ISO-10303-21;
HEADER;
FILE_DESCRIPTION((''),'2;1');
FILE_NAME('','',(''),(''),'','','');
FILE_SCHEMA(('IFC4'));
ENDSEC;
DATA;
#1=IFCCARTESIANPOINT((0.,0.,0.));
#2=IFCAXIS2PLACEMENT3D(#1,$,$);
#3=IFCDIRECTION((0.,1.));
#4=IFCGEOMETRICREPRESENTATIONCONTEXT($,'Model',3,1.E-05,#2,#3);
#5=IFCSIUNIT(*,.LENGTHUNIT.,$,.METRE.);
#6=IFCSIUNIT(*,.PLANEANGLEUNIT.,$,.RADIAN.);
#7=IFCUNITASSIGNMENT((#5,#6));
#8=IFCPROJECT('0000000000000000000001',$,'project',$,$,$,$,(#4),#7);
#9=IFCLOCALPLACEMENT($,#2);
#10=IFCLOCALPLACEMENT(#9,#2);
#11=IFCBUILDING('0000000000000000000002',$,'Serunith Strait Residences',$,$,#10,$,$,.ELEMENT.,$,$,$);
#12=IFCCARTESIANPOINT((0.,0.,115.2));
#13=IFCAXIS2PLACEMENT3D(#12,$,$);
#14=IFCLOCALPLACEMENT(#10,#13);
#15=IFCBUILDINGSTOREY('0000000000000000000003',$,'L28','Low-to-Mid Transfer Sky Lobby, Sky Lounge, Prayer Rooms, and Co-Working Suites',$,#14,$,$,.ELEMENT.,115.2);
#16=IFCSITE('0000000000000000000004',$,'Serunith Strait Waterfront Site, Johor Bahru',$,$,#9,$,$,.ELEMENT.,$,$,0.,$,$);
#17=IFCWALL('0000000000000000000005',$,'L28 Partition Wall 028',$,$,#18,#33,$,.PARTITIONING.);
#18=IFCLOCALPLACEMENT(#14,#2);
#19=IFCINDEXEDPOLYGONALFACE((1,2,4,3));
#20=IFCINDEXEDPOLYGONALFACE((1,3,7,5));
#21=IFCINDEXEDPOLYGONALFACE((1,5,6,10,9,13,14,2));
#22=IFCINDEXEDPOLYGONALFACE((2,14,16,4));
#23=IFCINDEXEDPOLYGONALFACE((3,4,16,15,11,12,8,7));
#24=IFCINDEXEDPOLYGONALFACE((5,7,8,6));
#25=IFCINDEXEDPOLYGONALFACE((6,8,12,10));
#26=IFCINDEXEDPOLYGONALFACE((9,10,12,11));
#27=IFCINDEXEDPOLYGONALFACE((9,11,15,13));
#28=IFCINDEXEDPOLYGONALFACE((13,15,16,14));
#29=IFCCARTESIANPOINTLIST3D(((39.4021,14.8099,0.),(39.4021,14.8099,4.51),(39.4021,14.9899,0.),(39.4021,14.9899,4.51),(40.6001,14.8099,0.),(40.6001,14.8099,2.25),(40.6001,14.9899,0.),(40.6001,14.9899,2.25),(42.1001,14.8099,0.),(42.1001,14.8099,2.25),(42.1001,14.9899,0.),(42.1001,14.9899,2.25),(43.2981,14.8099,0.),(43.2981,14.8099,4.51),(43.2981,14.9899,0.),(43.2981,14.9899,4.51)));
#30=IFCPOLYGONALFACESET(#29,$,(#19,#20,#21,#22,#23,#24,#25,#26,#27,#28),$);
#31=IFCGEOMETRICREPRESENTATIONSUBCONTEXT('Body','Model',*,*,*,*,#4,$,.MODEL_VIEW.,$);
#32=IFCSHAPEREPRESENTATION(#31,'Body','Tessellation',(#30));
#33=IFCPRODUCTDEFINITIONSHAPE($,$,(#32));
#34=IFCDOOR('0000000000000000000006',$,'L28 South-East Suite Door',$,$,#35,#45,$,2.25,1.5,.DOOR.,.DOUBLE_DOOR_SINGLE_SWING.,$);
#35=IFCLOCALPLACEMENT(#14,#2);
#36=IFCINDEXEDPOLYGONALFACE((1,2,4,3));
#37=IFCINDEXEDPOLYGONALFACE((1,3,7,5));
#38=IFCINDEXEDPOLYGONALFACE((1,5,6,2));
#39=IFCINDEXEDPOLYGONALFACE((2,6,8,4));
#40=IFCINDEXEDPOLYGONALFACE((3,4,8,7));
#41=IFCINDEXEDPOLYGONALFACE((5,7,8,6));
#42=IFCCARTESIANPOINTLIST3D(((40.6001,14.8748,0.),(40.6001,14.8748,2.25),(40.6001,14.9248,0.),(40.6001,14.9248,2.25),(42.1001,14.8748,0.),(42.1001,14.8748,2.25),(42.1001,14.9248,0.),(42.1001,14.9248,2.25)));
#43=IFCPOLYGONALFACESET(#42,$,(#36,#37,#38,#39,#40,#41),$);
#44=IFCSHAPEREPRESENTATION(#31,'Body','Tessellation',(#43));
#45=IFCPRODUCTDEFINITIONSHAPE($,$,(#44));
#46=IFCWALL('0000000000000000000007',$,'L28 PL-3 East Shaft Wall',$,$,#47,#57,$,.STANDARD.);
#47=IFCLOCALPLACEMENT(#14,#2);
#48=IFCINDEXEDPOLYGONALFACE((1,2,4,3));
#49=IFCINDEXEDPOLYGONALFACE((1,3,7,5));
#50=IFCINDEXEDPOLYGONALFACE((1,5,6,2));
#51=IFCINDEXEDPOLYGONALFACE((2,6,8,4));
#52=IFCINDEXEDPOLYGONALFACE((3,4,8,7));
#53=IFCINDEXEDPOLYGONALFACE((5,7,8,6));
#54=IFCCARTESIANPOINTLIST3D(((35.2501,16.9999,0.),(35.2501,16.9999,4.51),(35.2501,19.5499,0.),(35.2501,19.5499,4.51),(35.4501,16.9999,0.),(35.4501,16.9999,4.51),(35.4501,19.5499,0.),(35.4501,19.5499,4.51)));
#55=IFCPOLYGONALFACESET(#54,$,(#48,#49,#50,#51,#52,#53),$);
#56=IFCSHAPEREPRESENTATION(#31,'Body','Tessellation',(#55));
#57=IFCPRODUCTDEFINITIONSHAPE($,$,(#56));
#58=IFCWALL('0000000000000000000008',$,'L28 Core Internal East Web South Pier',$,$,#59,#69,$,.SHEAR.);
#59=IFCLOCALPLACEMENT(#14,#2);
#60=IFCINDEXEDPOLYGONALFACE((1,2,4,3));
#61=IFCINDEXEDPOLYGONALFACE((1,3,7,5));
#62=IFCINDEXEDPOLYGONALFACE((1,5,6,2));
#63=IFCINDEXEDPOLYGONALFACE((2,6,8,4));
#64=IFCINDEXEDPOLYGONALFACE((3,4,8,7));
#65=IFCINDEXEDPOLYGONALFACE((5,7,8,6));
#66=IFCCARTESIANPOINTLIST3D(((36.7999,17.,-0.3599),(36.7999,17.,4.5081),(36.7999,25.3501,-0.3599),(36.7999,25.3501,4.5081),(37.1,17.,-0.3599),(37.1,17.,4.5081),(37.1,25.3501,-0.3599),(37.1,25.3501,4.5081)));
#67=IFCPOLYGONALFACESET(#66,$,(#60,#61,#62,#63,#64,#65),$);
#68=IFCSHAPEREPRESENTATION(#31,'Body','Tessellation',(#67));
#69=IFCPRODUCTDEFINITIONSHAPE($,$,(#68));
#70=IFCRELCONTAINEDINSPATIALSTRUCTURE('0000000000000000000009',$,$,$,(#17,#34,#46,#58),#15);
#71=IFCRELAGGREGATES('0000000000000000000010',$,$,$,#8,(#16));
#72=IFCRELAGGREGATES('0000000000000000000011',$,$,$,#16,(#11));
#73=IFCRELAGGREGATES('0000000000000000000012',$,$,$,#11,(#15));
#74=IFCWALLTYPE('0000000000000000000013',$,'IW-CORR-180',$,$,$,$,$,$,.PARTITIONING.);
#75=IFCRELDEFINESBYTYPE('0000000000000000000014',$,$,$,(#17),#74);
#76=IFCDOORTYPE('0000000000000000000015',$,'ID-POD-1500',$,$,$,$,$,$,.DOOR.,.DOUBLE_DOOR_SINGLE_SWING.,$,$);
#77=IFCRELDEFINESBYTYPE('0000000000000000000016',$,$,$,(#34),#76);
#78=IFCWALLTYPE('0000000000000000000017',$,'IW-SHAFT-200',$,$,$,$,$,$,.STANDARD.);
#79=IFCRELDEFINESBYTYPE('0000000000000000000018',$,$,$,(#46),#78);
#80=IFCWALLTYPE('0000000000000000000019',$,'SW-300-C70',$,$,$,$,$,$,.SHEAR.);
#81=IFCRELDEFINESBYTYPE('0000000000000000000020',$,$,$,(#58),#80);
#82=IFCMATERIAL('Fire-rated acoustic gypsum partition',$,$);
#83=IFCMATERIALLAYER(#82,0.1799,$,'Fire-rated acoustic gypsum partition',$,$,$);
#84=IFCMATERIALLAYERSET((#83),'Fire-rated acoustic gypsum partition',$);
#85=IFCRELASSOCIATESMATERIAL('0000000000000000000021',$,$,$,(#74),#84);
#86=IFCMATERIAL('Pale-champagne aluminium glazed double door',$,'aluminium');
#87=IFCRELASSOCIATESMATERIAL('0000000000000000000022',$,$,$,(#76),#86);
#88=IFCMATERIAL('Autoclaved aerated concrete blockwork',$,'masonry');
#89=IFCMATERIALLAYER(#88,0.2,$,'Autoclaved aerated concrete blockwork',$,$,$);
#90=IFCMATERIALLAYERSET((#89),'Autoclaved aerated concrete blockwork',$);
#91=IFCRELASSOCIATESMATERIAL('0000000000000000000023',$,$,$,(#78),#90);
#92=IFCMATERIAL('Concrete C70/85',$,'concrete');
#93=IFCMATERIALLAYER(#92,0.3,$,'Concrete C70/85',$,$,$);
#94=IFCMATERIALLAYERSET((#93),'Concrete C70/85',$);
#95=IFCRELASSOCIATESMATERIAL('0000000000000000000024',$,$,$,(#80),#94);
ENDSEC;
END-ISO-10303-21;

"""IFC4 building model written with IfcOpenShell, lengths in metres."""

from ifc_helpers import new_model, si_unit, direction, frame, frame_2d, origin, place, context, subcontext, project, spatial, rectangle, extrude, source, transform, mapped, material, layer, layer_set, type_object, element, fill, save


model = new_model("IFC4")

# Units and contexts
model_context = context("Model", 3, precision=1e-05, world=origin(), true_north=direction((0.0, 1.0)))
body_context = subcontext(model_context, "Body", "Model", "MODEL_VIEW")
ifc_project = project(units=[si_unit("LENGTHUNIT", "METRE"), si_unit("PLANEANGLEUNIT", "RADIAN")], contexts=[model_context])

# Site, building, storey
site_placement = place(None, origin())
site = spatial("IfcSite", under=ifc_project, at=site_placement, Name="Serunith Strait Waterfront Site, Johor Bahru", CompositionType="ELEMENT", RefElevation=0.0)
building_placement = place(site_placement, origin())
building = spatial("IfcBuilding", under=site, at=building_placement, Name="Serunith Strait Residences", CompositionType="ELEMENT")
storey_placement = place(building_placement, frame((0.0, 0.0, 115.2)))
storey = spatial("IfcBuildingStorey", under=building, at=storey_placement, Name="L28", Description="Low-to-Mid Transfer Sky Lobby, Sky Lounge, Prayer Rooms, and Co-Working Suites", CompositionType="ELEMENT", Elevation=115.2)

# Shared definitions
ifc_material_1 = material(Name="Fire-rated acoustic gypsum partition")
ifc_layer_1 = layer(ifc_material_1, 0.1799, Name="Fire-rated acoustic gypsum partition")
ifc_layer_set_1 = layer_set([ifc_layer_1], Name="Fire-rated acoustic gypsum partition")
wall_type_1 = type_object("IfcWallType", Name="IW-CORR-180", PredefinedType="PARTITIONING", material=ifc_layer_set_1)

# Wall, opening, door
wall_1_placement = place(storey_placement, frame((39.4021, 14.8999, 0.0), z_axis=(0.0, 0.0, 1.0), x_axis=(1.0, 0.0, 0.0)))
wall_1 = element("IfcWall", 1, at=wall_1_placement, inside=storey, type_object=wall_type_1, Name="L28 Partition Wall 028", PredefinedType="PARTITIONING", context=body_context, shape_type="SweptSolid", body=[
    extrude(rectangle(XDim=3.896, YDim=0.1799, at=frame_2d((1.948, 0.0))), origin(), (0.0, 0.0, 1.0), 4.51),
])
opening_placement = place(wall_1_placement, frame((1.198, 0.0, 0.0)))
opening = element("IfcOpeningElement", 2, at=opening_placement, cuts=wall_1, PredefinedType="OPENING", context=body_context, shape_type="SweptSolid", body=[
    extrude(rectangle(XDim=1.5, YDim=2.25, at=frame_2d((0.75, 1.125))), frame((0.0, 0.1001, 0.0), z_axis=(0.0, -1.0, 0.0), x_axis=(1.0, 0.0, 0.0)), (0.0, 0.0, 1.0), 0.2),
])
ifc_material_2 = material(Name="Pale-champagne aluminium glazed double door", Category="aluminium")
door_type = type_object("IfcDoorType", Name="ID-POD-1500", OperationType="DOUBLE_DOOR_SINGLE_SWING", PredefinedType="DOOR", material=ifc_material_2)
shared_shape_1 = source(origin(), body_context, "Body", "SweptSolid", [
    extrude(rectangle(XDim=1.5, YDim=2.25, at=frame_2d((0.75, 1.125))), frame((0.0, 0.0249, 0.0), z_axis=(0.0, -1.0, 0.0), x_axis=(1.0, 0.0, 0.0)), (0.0, 0.0, 1.0), 0.05),
])
door_placement = place(opening_placement, origin())
door = element("IfcDoor", 3, at=door_placement, inside=storey, type_object=door_type, Name="L28 South-East Suite Door", OperationType="DOUBLE_DOOR_SINGLE_SWING", OverallHeight=2.25, OverallWidth=1.5, PredefinedType="DOOR", context=body_context, shape_type="MappedRepresentation", body=[
    mapped(shared_shape_1, transform((0.0, 0.0, 0.0), scale=1.0)),
])
fill(opening, door)

# Walls
ifc_material_3 = material(Name="Autoclaved aerated concrete blockwork", Category="masonry")
ifc_layer_2 = layer(ifc_material_3, 0.2, Name="Autoclaved aerated concrete blockwork")
ifc_layer_set_2 = layer_set([ifc_layer_2], Name="Autoclaved aerated concrete blockwork")
wall_type_2 = type_object("IfcWallType", Name="IW-SHAFT-200", PredefinedType="STANDARD", material=ifc_layer_set_2)
wall_2_placement = place(storey_placement, frame((35.3501, 17.0, 0.0), z_axis=(0.0, 0.0, 1.0), x_axis=(0.0, 1.0, 0.0)))
element("IfcWall", 4, at=wall_2_placement, inside=storey, type_object=wall_type_2, Name="L28 PL-3 East Shaft Wall", PredefinedType="STANDARD", context=body_context, shape_type="SweptSolid", body=[
    extrude(rectangle(XDim=2.55, YDim=0.2, at=frame_2d((1.2749, 0.0))), origin(), (0.0, 0.0, 1.0), 4.51),
])
ifc_material_4 = material(Name="Concrete C70/85", Category="concrete")
ifc_layer_3 = layer(ifc_material_4, 0.3, Name="Concrete C70/85")
ifc_layer_set_3 = layer_set([ifc_layer_3], Name="Concrete C70/85")
wall_type_3 = type_object("IfcWallType", Name="SW-300-C70", PredefinedType="SHEAR", material=ifc_layer_set_3)
wall_3_placement = place(storey_placement, frame((36.95, 17.0, -0.3599), z_axis=(0.0, 0.0, 1.0), x_axis=(0.0, 1.0, 0.0)))
element("IfcWall", 5, at=wall_3_placement, inside=storey, type_object=wall_type_3, Name="L28 Core Internal East Web South Pier", PredefinedType="SHEAR", context=body_context, shape_type="SweptSolid", body=[
    extrude(rectangle(XDim=8.3501, YDim=0.3, at=frame_2d((4.175, 0.0))), origin(), (0.0, 0.0, 1.0), 4.8679),
])

save(model, "model.ifc")
